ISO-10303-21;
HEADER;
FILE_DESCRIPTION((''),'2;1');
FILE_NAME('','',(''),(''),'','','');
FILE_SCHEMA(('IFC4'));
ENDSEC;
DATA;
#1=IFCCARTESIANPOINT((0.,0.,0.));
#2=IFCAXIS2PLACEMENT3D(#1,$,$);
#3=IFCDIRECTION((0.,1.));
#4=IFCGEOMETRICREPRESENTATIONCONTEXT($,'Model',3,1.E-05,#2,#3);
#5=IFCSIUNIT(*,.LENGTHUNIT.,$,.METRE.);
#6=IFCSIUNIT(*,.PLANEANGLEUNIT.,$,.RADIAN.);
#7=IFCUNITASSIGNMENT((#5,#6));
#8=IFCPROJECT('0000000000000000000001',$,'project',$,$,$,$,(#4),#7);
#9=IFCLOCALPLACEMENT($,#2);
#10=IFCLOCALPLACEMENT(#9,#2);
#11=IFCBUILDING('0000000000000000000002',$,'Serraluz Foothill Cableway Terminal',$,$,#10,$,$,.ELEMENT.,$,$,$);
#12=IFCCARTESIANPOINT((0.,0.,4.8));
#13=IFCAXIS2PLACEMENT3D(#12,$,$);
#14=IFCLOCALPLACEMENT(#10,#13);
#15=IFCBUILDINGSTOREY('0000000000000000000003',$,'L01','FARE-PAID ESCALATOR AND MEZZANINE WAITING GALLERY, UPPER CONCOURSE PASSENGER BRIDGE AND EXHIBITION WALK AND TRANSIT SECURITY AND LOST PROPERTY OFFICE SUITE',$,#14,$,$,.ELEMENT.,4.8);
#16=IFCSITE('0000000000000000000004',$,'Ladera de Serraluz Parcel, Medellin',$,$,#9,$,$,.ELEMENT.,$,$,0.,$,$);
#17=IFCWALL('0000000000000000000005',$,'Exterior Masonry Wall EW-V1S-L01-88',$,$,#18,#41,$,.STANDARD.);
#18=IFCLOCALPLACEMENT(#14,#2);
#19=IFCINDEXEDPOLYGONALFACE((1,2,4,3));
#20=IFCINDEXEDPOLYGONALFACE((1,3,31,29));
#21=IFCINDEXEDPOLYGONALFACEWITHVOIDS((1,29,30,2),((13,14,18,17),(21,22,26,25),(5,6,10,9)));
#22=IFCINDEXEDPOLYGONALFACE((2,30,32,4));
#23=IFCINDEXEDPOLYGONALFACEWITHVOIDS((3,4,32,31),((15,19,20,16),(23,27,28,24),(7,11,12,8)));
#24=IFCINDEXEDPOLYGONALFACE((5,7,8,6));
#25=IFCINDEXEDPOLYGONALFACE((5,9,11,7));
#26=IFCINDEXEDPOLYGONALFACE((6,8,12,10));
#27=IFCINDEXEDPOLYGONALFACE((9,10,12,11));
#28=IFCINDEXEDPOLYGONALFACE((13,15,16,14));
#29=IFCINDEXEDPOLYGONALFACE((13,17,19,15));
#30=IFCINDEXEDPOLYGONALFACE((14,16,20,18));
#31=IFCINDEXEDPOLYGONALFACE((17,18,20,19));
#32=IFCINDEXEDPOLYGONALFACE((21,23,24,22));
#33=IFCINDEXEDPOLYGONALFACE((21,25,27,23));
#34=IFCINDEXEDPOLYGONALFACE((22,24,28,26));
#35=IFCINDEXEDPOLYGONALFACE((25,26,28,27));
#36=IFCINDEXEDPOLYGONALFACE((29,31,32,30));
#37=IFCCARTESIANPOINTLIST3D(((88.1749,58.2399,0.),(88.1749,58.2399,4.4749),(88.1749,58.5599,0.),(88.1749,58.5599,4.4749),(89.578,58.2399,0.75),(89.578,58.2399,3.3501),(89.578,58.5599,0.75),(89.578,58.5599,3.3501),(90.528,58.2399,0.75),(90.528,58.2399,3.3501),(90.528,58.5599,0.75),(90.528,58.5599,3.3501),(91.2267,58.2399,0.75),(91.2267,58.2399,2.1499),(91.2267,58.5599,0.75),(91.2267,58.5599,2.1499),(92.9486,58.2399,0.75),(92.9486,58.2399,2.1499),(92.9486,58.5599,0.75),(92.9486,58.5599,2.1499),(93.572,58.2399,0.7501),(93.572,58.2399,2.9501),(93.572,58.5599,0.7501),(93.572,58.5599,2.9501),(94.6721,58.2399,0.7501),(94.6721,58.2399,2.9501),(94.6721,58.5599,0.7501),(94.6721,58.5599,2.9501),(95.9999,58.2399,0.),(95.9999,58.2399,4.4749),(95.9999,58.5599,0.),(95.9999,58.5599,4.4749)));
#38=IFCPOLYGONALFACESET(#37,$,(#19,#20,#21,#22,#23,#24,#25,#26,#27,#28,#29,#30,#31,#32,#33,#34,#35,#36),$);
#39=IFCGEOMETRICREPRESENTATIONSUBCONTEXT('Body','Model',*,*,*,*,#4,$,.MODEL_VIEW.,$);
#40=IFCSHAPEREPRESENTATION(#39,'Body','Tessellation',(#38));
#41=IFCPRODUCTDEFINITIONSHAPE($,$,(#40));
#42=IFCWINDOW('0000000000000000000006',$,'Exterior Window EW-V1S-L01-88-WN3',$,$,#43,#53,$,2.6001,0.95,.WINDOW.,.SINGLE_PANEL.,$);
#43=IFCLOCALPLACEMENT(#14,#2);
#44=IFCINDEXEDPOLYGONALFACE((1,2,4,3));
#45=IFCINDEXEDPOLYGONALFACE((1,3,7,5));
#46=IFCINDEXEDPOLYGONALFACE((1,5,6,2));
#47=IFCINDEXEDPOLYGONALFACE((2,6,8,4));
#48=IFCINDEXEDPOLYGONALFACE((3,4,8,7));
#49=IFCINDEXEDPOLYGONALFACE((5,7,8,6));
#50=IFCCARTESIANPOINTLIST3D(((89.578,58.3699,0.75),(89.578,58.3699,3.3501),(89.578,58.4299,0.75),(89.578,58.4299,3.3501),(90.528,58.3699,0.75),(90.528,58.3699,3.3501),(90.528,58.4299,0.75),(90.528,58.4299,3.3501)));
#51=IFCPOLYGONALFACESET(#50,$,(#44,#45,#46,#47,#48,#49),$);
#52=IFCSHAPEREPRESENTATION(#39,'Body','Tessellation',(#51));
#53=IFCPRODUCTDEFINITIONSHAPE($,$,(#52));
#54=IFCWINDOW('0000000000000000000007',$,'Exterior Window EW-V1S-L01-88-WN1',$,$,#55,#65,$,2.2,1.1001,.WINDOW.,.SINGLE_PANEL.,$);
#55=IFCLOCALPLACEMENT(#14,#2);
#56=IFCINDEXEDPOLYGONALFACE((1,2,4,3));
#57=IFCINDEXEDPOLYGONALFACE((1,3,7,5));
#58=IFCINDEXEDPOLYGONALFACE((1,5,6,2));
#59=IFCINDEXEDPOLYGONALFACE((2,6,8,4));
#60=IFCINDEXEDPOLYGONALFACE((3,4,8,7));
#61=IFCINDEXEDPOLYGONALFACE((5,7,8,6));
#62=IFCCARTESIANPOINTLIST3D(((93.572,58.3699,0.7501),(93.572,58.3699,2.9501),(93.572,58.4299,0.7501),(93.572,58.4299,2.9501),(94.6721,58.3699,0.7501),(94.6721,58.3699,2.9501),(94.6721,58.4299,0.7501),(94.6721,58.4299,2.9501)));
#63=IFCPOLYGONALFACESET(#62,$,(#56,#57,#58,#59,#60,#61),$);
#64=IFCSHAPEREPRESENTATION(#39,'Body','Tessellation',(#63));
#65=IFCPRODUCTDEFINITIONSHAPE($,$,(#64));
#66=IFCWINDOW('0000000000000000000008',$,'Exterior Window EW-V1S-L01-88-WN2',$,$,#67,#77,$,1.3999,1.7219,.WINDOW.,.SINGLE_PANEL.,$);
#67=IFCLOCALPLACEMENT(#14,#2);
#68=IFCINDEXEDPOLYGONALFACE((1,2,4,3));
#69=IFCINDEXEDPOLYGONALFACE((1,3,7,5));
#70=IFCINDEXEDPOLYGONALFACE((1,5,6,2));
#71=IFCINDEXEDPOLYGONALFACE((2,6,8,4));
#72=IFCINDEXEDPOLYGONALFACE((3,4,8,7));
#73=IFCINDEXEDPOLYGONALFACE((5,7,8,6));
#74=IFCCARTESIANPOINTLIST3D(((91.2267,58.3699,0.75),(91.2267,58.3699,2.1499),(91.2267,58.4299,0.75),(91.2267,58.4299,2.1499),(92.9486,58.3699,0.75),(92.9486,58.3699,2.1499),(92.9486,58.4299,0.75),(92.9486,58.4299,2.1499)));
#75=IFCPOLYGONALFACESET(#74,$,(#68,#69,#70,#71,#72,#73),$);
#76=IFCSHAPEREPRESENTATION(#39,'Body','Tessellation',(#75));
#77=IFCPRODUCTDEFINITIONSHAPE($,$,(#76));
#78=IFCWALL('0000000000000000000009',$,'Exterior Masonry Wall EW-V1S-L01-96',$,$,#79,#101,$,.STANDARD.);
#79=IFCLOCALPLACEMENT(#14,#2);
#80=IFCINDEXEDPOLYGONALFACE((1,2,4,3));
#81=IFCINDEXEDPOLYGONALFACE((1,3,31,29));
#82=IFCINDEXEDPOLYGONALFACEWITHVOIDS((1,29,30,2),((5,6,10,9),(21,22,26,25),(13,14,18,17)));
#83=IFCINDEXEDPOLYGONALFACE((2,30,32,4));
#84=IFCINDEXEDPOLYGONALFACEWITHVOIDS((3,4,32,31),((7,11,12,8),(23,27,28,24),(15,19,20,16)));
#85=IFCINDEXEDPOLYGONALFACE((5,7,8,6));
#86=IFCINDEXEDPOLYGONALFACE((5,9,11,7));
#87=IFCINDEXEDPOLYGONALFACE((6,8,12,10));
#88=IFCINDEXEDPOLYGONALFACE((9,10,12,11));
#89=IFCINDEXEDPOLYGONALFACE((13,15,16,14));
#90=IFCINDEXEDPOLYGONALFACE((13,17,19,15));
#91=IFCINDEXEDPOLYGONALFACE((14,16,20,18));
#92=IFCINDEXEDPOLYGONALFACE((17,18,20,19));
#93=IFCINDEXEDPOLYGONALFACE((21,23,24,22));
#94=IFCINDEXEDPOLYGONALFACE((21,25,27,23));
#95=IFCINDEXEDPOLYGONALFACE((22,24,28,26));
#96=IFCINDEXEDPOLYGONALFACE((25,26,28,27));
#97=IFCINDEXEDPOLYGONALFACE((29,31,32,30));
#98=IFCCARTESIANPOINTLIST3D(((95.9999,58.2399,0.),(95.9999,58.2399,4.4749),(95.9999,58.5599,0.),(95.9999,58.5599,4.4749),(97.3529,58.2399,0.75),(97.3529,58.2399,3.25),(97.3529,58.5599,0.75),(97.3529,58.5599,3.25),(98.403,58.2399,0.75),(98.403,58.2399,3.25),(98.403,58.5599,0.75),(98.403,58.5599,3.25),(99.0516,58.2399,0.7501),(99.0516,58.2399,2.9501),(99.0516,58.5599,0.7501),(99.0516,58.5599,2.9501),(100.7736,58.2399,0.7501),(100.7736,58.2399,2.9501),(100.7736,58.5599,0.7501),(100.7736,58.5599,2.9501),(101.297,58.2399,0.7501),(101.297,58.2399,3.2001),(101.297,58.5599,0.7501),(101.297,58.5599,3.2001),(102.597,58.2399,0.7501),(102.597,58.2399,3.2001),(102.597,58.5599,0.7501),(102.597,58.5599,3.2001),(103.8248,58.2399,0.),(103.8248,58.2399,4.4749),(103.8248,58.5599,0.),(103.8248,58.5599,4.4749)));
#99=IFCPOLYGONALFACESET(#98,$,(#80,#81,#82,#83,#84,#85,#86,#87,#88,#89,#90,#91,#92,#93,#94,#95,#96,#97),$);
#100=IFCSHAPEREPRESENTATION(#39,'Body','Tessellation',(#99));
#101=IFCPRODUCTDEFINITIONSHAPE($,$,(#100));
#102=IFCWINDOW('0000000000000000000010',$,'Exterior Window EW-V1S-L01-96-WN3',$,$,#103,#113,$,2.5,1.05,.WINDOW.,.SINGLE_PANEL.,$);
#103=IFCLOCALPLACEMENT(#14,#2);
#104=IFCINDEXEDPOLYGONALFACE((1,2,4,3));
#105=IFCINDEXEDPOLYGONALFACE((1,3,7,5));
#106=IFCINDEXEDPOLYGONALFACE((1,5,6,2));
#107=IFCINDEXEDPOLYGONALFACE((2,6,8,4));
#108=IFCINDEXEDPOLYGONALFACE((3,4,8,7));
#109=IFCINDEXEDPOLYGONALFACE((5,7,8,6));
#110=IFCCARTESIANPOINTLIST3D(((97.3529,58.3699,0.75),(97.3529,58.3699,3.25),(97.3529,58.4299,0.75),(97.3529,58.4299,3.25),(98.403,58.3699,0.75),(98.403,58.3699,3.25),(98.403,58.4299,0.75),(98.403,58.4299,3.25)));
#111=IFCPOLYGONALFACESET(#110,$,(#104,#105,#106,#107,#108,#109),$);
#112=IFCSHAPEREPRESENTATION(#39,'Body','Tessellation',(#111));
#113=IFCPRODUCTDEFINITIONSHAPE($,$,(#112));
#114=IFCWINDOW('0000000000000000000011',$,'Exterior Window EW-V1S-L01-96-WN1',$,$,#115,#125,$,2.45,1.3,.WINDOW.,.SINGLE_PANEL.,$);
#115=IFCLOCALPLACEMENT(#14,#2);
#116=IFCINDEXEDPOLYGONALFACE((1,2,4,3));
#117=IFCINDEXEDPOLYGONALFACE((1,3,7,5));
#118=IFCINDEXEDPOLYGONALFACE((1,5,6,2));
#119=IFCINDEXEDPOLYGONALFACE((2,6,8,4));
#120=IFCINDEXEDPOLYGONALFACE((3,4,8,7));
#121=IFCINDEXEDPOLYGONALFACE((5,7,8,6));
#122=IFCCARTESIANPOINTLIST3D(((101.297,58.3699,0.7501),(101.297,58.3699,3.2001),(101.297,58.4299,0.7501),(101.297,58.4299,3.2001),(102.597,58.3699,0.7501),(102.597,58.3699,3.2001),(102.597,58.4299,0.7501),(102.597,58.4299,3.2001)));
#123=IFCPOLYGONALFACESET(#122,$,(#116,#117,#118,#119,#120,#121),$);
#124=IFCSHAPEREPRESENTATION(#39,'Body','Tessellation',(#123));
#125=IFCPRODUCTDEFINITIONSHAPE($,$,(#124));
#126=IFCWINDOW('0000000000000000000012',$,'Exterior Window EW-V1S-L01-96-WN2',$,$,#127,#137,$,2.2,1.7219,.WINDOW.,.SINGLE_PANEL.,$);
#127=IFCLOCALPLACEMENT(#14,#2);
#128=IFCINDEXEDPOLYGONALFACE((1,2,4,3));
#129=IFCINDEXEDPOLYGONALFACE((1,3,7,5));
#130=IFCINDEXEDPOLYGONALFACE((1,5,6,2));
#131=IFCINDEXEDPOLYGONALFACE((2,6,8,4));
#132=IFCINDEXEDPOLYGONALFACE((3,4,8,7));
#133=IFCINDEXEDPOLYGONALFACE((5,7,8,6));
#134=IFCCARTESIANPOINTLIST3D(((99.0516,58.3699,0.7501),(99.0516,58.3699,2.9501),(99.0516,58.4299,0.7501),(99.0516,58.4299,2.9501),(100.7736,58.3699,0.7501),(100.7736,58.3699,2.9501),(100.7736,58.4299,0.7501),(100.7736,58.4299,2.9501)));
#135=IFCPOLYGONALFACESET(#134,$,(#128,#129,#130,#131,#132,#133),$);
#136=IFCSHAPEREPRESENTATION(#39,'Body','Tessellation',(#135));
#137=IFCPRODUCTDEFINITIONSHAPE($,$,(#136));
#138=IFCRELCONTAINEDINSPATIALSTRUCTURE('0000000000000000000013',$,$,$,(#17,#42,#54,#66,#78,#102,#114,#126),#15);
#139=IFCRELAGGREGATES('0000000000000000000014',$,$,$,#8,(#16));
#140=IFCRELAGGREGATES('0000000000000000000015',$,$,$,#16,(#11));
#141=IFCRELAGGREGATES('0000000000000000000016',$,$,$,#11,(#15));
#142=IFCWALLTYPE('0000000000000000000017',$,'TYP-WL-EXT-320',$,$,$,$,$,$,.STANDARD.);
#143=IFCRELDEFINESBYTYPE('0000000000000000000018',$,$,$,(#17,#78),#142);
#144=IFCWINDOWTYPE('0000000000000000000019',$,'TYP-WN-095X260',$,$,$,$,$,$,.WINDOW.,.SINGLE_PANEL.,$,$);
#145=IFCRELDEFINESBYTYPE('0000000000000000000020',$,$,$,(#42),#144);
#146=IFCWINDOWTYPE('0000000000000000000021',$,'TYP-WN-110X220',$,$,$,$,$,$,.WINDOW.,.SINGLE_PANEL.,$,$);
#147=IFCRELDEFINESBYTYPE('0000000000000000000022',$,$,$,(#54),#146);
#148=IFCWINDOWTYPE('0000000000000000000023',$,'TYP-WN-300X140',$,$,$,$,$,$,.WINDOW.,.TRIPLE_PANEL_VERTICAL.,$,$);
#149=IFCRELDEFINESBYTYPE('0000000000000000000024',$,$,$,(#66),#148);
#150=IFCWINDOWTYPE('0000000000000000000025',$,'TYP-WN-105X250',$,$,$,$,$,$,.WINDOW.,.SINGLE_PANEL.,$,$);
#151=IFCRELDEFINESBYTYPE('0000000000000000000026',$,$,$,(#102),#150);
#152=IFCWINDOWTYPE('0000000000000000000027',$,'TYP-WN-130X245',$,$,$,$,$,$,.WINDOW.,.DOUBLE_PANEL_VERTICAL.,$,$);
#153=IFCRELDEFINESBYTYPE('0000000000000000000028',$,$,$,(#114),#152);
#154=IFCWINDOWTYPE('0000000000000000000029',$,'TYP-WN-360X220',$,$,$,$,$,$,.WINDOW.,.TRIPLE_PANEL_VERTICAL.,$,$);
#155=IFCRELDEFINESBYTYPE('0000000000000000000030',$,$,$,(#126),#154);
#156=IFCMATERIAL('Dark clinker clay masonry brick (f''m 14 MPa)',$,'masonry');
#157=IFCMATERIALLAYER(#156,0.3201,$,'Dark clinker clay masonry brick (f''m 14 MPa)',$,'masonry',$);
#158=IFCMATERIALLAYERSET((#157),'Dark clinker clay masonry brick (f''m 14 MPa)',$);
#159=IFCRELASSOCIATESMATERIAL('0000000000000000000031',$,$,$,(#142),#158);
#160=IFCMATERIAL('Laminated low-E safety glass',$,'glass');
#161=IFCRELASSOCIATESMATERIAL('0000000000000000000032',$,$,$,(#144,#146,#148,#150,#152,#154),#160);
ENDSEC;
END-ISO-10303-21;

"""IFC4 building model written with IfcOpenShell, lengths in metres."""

from ifc_helpers import new_model, si_unit, direction, frame, frame_2d, origin, place, context, subcontext, project, spatial, rectangle, extrude, material, layer, layer_set, type_object, element, fill, save


model = new_model("IFC4")

# Units and contexts
model_context = context("Model", 3, precision=1e-05, world=origin(), true_north=direction((0.0, 1.0)))
body_context = subcontext(model_context, "Body", "Model", "MODEL_VIEW")
ifc_project = project(units=[si_unit("LENGTHUNIT", "METRE"), si_unit("PLANEANGLEUNIT", "RADIAN")], contexts=[model_context])

# Site, building, storey
site_placement = place(None, origin())
site = spatial("IfcSite", under=ifc_project, at=site_placement, Name="Ladera de Serraluz Parcel, Medellin", CompositionType="ELEMENT", RefElevation=0.0)
building_placement = place(site_placement, origin())
building = spatial("IfcBuilding", under=site, at=building_placement, Name="Serraluz Foothill Cableway Terminal", CompositionType="ELEMENT")
storey_placement = place(building_placement, frame((0.0, 0.0, 4.8)))
storey = spatial("IfcBuildingStorey", under=building, at=storey_placement, Name="L01", Description="FARE-PAID ESCALATOR AND MEZZANINE WAITING GALLERY, UPPER CONCOURSE PASSENGER BRIDGE AND EXHIBITION WALK AND TRANSIT SECURITY AND LOST PROPERTY OFFICE SUITE", CompositionType="ELEMENT", Elevation=4.8)

# Shared definitions
ifc_material_1 = material(Name="Dark clinker clay masonry brick (f'm 14 MPa)", Category="masonry")

# Walls, openings, windows
ifc_layer_1 = layer(ifc_material_1, 0.3201, Name="Dark clinker clay masonry brick (f'm 14 MPa)", Category="masonry")
ifc_layer_set_1 = layer_set([ifc_layer_1], Name="Dark clinker clay masonry brick (f'm 14 MPa)")
wall_type_1 = type_object("IfcWallType", Name="TYP-WL-EXT-320", PredefinedType="STANDARD", material=ifc_layer_set_1)
wall_1_placement = place(storey_placement, frame((96.0, 58.3999, 0.0), z_axis=(0.0, 0.0, 1.0), x_axis=(-1.0, 0.0, 0.0)))
wall_1 = element("IfcWall", 1, at=wall_1_placement, inside=storey, type_object=wall_type_1, Name="Exterior Masonry Wall EW-V1S-L01-88", PredefinedType="STANDARD", context=body_context, shape_type="SweptSolid", body=[
    extrude(rectangle(XDim=7.825, YDim=0.3201, at=frame_2d((3.9126, 0.0))), origin(), (0.0, 0.0, 1.0), 4.4749),
])
opening_1_placement = place(wall_1_placement, frame((1.3279, 0.0, 0.75)))
opening_1 = element("IfcOpeningElement", 2, at=opening_1_placement, cuts=wall_1, PredefinedType="OPENING", context=body_context, shape_type="SweptSolid", body=[
    extrude(rectangle(XDim=1.1001, YDim=2.2, at=frame_2d((0.55, 1.1001))), frame((0.0, 0.1699, 0.0), z_axis=(0.0, -1.0, 0.0), x_axis=(1.0, 0.0, 0.0)), (0.0, 0.0, 1.0), 0.3401),
])
opening_2_placement = place(wall_1_placement, frame((3.0515, 0.0, 0.75)))
opening_2 = element("IfcOpeningElement", 3, at=opening_2_placement, cuts=wall_1, PredefinedType="OPENING", context=body_context, shape_type="SweptSolid", body=[
    extrude(rectangle(XDim=1.7219, YDim=1.3999, at=frame_2d((0.8608, 0.7))), frame((0.0, 0.1699, 0.0), z_axis=(0.0, -1.0, 0.0), x_axis=(1.0, 0.0, 0.0)), (0.0, 0.0, 1.0), 0.3401),
])
opening_3_placement = place(wall_1_placement, frame((5.4719, 0.0, 0.75)))
opening_3 = element("IfcOpeningElement", 4, at=opening_3_placement, cuts=wall_1, PredefinedType="OPENING", context=body_context, shape_type="SweptSolid", body=[
    extrude(rectangle(XDim=0.95, YDim=2.6001, at=frame_2d((0.4751, 1.3))), frame((0.0, 0.1699, 0.0), z_axis=(0.0, -1.0, 0.0), x_axis=(1.0, 0.0, 0.0)), (0.0, 0.0, 1.0), 0.3401),
])
ifc_material_2 = material(Name="Laminated low-E safety glass", Category="glass")
window_type_1 = type_object("IfcWindowType", Name="TYP-WN-095X260", PartitioningType="SINGLE_PANEL", PredefinedType="WINDOW", material=ifc_material_2)
window_1_placement = place(opening_3_placement, origin())
window_1 = element("IfcWindow", 5, at=window_1_placement, inside=storey, type_object=window_type_1, Name="Exterior Window EW-V1S-L01-88-WN3", OverallHeight=2.6001, OverallWidth=0.95, PartitioningType="SINGLE_PANEL", PredefinedType="WINDOW", context=body_context, shape_type="SweptSolid", body=[
    extrude(rectangle(XDim=0.95, YDim=2.6001, at=frame_2d((0.4751, 1.3))), frame((0.0, 0.03, 0.0), z_axis=(0.0, -1.0, 0.0), x_axis=(1.0, 0.0, 0.0)), (0.0, 0.0, 1.0), 0.0601),
])
fill(opening_3, window_1)
window_type_2 = type_object("IfcWindowType", Name="TYP-WN-110X220", PartitioningType="SINGLE_PANEL", PredefinedType="WINDOW", material=ifc_material_2)
window_2_placement = place(opening_1_placement, origin())
window_2 = element("IfcWindow", 6, at=window_2_placement, inside=storey, type_object=window_type_2, Name="Exterior Window EW-V1S-L01-88-WN1", OverallHeight=2.2, OverallWidth=1.1001, PartitioningType="SINGLE_PANEL", PredefinedType="WINDOW", context=body_context, shape_type="SweptSolid", body=[
    extrude(rectangle(XDim=1.1001, YDim=2.2, at=frame_2d((0.55, 1.1001))), frame((0.0, 0.03, 0.0), z_axis=(0.0, -1.0, 0.0), x_axis=(1.0, 0.0, 0.0)), (0.0, 0.0, 1.0), 0.0601),
])
fill(opening_1, window_2)
window_type_3 = type_object("IfcWindowType", Name="TYP-WN-300X140", PartitioningType="TRIPLE_PANEL_VERTICAL", PredefinedType="WINDOW", material=ifc_material_2)
window_3_placement = place(opening_2_placement, origin())
window_3 = element("IfcWindow", 7, at=window_3_placement, inside=storey, type_object=window_type_3, Name="Exterior Window EW-V1S-L01-88-WN2", OverallHeight=1.3999, OverallWidth=1.7219, PartitioningType="SINGLE_PANEL", PredefinedType="WINDOW", context=body_context, shape_type="SweptSolid", body=[
    extrude(rectangle(XDim=1.7219, YDim=1.3999, at=frame_2d((0.8608, 0.7))), frame((0.0, 0.03, 0.0), z_axis=(0.0, -1.0, 0.0), x_axis=(1.0, 0.0, 0.0)), (0.0, 0.0, 1.0), 0.0601),
])
fill(opening_2, window_3)
wall_2_placement = place(storey_placement, frame((103.825, 58.3999, 0.0), z_axis=(0.0, 0.0, 1.0), x_axis=(-1.0, 0.0, 0.0)))
wall_2 = element("IfcWall", 8, at=wall_2_placement, inside=storey, type_object=wall_type_1, Name="Exterior Masonry Wall EW-V1S-L01-96", PredefinedType="STANDARD", context=body_context, shape_type="SweptSolid", body=[
    extrude(rectangle(XDim=7.825, YDim=0.3201, at=frame_2d((3.9126, 0.0))), origin(), (0.0, 0.0, 1.0), 4.4749),
])
opening_4_placement = place(wall_2_placement, frame((1.228, 0.0, 0.75)))
opening_4 = element("IfcOpeningElement", 9, at=opening_4_placement, cuts=wall_2, PredefinedType="OPENING", context=body_context, shape_type="SweptSolid", body=[
    extrude(rectangle(XDim=1.3, YDim=2.45, at=frame_2d((0.6499, 1.2251))), frame((0.0, 0.1699, 0.0), z_axis=(0.0, -1.0, 0.0), x_axis=(1.0, 0.0, 0.0)), (0.0, 0.0, 1.0), 0.3401),
])
opening_5_placement = place(wall_2_placement, frame((3.0515, 0.0, 0.75)))
opening_5 = element("IfcOpeningElement", 10, at=opening_5_placement, cuts=wall_2, PredefinedType="OPENING", context=body_context, shape_type="SweptSolid", body=[
    extrude(rectangle(XDim=1.7219, YDim=2.2, at=frame_2d((0.8608, 1.1001))), frame((0.0, 0.1699, 0.0), z_axis=(0.0, -1.0, 0.0), x_axis=(1.0, 0.0, 0.0)), (0.0, 0.0, 1.0), 0.3401),
])
opening_6_placement = place(wall_2_placement, frame((5.4221, 0.0, 0.75)))
opening_6 = element("IfcOpeningElement", 11, at=opening_6_placement, cuts=wall_2, PredefinedType="OPENING", context=body_context, shape_type="SweptSolid", body=[
    extrude(rectangle(XDim=1.05, YDim=2.5, at=frame_2d((0.5249, 1.25))), frame((0.0, 0.1699, 0.0), z_axis=(0.0, -1.0, 0.0), x_axis=(1.0, 0.0, 0.0)), (0.0, 0.0, 1.0), 0.3401),
])
window_type_4 = type_object("IfcWindowType", Name="TYP-WN-105X250", PartitioningType="SINGLE_PANEL", PredefinedType="WINDOW", material=ifc_material_2)
window_4_placement = place(opening_6_placement, origin())
window_4 = element("IfcWindow", 12, at=window_4_placement, inside=storey, type_object=window_type_4, Name="Exterior Window EW-V1S-L01-96-WN3", OverallHeight=2.5, OverallWidth=1.05, PartitioningType="SINGLE_PANEL", PredefinedType="WINDOW", context=body_context, shape_type="SweptSolid", body=[
    extrude(rectangle(XDim=1.05, YDim=2.5, at=frame_2d((0.5249, 1.25))), frame((0.0, 0.03, 0.0), z_axis=(0.0, -1.0, 0.0), x_axis=(1.0, 0.0, 0.0)), (0.0, 0.0, 1.0), 0.0601),
])
fill(opening_6, window_4)
window_type_5 = type_object("IfcWindowType", Name="TYP-WN-130X245", PartitioningType="DOUBLE_PANEL_VERTICAL", PredefinedType="WINDOW", material=ifc_material_2)
window_5_placement = place(opening_4_placement, origin())
window_5 = element("IfcWindow", 13, at=window_5_placement, inside=storey, type_object=window_type_5, Name="Exterior Window EW-V1S-L01-96-WN1", OverallHeight=2.45, OverallWidth=1.3, PartitioningType="SINGLE_PANEL", PredefinedType="WINDOW", context=body_context, shape_type="SweptSolid", body=[
    extrude(rectangle(XDim=1.3, YDim=2.45, at=frame_2d((0.6499, 1.2251))), frame((0.0, 0.03, 0.0), z_axis=(0.0, -1.0, 0.0), x_axis=(1.0, 0.0, 0.0)), (0.0, 0.0, 1.0), 0.0601),
])
fill(opening_4, window_5)
window_type_6 = type_object("IfcWindowType", Name="TYP-WN-360X220", PartitioningType="TRIPLE_PANEL_VERTICAL", PredefinedType="WINDOW", material=ifc_material_2)
window_6_placement = place(opening_5_placement, origin())
window_6 = element("IfcWindow", 14, at=window_6_placement, inside=storey, type_object=window_type_6, Name="Exterior Window EW-V1S-L01-96-WN2", OverallHeight=2.2, OverallWidth=1.7219, PartitioningType="SINGLE_PANEL", PredefinedType="WINDOW", context=body_context, shape_type="SweptSolid", body=[
    extrude(rectangle(XDim=1.7219, YDim=2.2, at=frame_2d((0.8608, 1.1001))), frame((0.0, 0.03, 0.0), z_axis=(0.0, -1.0, 0.0), x_axis=(1.0, 0.0, 0.0)), (0.0, 0.0, 1.0), 0.0601),
])
fill(opening_5, window_6)

save(model, "model.ifc")
